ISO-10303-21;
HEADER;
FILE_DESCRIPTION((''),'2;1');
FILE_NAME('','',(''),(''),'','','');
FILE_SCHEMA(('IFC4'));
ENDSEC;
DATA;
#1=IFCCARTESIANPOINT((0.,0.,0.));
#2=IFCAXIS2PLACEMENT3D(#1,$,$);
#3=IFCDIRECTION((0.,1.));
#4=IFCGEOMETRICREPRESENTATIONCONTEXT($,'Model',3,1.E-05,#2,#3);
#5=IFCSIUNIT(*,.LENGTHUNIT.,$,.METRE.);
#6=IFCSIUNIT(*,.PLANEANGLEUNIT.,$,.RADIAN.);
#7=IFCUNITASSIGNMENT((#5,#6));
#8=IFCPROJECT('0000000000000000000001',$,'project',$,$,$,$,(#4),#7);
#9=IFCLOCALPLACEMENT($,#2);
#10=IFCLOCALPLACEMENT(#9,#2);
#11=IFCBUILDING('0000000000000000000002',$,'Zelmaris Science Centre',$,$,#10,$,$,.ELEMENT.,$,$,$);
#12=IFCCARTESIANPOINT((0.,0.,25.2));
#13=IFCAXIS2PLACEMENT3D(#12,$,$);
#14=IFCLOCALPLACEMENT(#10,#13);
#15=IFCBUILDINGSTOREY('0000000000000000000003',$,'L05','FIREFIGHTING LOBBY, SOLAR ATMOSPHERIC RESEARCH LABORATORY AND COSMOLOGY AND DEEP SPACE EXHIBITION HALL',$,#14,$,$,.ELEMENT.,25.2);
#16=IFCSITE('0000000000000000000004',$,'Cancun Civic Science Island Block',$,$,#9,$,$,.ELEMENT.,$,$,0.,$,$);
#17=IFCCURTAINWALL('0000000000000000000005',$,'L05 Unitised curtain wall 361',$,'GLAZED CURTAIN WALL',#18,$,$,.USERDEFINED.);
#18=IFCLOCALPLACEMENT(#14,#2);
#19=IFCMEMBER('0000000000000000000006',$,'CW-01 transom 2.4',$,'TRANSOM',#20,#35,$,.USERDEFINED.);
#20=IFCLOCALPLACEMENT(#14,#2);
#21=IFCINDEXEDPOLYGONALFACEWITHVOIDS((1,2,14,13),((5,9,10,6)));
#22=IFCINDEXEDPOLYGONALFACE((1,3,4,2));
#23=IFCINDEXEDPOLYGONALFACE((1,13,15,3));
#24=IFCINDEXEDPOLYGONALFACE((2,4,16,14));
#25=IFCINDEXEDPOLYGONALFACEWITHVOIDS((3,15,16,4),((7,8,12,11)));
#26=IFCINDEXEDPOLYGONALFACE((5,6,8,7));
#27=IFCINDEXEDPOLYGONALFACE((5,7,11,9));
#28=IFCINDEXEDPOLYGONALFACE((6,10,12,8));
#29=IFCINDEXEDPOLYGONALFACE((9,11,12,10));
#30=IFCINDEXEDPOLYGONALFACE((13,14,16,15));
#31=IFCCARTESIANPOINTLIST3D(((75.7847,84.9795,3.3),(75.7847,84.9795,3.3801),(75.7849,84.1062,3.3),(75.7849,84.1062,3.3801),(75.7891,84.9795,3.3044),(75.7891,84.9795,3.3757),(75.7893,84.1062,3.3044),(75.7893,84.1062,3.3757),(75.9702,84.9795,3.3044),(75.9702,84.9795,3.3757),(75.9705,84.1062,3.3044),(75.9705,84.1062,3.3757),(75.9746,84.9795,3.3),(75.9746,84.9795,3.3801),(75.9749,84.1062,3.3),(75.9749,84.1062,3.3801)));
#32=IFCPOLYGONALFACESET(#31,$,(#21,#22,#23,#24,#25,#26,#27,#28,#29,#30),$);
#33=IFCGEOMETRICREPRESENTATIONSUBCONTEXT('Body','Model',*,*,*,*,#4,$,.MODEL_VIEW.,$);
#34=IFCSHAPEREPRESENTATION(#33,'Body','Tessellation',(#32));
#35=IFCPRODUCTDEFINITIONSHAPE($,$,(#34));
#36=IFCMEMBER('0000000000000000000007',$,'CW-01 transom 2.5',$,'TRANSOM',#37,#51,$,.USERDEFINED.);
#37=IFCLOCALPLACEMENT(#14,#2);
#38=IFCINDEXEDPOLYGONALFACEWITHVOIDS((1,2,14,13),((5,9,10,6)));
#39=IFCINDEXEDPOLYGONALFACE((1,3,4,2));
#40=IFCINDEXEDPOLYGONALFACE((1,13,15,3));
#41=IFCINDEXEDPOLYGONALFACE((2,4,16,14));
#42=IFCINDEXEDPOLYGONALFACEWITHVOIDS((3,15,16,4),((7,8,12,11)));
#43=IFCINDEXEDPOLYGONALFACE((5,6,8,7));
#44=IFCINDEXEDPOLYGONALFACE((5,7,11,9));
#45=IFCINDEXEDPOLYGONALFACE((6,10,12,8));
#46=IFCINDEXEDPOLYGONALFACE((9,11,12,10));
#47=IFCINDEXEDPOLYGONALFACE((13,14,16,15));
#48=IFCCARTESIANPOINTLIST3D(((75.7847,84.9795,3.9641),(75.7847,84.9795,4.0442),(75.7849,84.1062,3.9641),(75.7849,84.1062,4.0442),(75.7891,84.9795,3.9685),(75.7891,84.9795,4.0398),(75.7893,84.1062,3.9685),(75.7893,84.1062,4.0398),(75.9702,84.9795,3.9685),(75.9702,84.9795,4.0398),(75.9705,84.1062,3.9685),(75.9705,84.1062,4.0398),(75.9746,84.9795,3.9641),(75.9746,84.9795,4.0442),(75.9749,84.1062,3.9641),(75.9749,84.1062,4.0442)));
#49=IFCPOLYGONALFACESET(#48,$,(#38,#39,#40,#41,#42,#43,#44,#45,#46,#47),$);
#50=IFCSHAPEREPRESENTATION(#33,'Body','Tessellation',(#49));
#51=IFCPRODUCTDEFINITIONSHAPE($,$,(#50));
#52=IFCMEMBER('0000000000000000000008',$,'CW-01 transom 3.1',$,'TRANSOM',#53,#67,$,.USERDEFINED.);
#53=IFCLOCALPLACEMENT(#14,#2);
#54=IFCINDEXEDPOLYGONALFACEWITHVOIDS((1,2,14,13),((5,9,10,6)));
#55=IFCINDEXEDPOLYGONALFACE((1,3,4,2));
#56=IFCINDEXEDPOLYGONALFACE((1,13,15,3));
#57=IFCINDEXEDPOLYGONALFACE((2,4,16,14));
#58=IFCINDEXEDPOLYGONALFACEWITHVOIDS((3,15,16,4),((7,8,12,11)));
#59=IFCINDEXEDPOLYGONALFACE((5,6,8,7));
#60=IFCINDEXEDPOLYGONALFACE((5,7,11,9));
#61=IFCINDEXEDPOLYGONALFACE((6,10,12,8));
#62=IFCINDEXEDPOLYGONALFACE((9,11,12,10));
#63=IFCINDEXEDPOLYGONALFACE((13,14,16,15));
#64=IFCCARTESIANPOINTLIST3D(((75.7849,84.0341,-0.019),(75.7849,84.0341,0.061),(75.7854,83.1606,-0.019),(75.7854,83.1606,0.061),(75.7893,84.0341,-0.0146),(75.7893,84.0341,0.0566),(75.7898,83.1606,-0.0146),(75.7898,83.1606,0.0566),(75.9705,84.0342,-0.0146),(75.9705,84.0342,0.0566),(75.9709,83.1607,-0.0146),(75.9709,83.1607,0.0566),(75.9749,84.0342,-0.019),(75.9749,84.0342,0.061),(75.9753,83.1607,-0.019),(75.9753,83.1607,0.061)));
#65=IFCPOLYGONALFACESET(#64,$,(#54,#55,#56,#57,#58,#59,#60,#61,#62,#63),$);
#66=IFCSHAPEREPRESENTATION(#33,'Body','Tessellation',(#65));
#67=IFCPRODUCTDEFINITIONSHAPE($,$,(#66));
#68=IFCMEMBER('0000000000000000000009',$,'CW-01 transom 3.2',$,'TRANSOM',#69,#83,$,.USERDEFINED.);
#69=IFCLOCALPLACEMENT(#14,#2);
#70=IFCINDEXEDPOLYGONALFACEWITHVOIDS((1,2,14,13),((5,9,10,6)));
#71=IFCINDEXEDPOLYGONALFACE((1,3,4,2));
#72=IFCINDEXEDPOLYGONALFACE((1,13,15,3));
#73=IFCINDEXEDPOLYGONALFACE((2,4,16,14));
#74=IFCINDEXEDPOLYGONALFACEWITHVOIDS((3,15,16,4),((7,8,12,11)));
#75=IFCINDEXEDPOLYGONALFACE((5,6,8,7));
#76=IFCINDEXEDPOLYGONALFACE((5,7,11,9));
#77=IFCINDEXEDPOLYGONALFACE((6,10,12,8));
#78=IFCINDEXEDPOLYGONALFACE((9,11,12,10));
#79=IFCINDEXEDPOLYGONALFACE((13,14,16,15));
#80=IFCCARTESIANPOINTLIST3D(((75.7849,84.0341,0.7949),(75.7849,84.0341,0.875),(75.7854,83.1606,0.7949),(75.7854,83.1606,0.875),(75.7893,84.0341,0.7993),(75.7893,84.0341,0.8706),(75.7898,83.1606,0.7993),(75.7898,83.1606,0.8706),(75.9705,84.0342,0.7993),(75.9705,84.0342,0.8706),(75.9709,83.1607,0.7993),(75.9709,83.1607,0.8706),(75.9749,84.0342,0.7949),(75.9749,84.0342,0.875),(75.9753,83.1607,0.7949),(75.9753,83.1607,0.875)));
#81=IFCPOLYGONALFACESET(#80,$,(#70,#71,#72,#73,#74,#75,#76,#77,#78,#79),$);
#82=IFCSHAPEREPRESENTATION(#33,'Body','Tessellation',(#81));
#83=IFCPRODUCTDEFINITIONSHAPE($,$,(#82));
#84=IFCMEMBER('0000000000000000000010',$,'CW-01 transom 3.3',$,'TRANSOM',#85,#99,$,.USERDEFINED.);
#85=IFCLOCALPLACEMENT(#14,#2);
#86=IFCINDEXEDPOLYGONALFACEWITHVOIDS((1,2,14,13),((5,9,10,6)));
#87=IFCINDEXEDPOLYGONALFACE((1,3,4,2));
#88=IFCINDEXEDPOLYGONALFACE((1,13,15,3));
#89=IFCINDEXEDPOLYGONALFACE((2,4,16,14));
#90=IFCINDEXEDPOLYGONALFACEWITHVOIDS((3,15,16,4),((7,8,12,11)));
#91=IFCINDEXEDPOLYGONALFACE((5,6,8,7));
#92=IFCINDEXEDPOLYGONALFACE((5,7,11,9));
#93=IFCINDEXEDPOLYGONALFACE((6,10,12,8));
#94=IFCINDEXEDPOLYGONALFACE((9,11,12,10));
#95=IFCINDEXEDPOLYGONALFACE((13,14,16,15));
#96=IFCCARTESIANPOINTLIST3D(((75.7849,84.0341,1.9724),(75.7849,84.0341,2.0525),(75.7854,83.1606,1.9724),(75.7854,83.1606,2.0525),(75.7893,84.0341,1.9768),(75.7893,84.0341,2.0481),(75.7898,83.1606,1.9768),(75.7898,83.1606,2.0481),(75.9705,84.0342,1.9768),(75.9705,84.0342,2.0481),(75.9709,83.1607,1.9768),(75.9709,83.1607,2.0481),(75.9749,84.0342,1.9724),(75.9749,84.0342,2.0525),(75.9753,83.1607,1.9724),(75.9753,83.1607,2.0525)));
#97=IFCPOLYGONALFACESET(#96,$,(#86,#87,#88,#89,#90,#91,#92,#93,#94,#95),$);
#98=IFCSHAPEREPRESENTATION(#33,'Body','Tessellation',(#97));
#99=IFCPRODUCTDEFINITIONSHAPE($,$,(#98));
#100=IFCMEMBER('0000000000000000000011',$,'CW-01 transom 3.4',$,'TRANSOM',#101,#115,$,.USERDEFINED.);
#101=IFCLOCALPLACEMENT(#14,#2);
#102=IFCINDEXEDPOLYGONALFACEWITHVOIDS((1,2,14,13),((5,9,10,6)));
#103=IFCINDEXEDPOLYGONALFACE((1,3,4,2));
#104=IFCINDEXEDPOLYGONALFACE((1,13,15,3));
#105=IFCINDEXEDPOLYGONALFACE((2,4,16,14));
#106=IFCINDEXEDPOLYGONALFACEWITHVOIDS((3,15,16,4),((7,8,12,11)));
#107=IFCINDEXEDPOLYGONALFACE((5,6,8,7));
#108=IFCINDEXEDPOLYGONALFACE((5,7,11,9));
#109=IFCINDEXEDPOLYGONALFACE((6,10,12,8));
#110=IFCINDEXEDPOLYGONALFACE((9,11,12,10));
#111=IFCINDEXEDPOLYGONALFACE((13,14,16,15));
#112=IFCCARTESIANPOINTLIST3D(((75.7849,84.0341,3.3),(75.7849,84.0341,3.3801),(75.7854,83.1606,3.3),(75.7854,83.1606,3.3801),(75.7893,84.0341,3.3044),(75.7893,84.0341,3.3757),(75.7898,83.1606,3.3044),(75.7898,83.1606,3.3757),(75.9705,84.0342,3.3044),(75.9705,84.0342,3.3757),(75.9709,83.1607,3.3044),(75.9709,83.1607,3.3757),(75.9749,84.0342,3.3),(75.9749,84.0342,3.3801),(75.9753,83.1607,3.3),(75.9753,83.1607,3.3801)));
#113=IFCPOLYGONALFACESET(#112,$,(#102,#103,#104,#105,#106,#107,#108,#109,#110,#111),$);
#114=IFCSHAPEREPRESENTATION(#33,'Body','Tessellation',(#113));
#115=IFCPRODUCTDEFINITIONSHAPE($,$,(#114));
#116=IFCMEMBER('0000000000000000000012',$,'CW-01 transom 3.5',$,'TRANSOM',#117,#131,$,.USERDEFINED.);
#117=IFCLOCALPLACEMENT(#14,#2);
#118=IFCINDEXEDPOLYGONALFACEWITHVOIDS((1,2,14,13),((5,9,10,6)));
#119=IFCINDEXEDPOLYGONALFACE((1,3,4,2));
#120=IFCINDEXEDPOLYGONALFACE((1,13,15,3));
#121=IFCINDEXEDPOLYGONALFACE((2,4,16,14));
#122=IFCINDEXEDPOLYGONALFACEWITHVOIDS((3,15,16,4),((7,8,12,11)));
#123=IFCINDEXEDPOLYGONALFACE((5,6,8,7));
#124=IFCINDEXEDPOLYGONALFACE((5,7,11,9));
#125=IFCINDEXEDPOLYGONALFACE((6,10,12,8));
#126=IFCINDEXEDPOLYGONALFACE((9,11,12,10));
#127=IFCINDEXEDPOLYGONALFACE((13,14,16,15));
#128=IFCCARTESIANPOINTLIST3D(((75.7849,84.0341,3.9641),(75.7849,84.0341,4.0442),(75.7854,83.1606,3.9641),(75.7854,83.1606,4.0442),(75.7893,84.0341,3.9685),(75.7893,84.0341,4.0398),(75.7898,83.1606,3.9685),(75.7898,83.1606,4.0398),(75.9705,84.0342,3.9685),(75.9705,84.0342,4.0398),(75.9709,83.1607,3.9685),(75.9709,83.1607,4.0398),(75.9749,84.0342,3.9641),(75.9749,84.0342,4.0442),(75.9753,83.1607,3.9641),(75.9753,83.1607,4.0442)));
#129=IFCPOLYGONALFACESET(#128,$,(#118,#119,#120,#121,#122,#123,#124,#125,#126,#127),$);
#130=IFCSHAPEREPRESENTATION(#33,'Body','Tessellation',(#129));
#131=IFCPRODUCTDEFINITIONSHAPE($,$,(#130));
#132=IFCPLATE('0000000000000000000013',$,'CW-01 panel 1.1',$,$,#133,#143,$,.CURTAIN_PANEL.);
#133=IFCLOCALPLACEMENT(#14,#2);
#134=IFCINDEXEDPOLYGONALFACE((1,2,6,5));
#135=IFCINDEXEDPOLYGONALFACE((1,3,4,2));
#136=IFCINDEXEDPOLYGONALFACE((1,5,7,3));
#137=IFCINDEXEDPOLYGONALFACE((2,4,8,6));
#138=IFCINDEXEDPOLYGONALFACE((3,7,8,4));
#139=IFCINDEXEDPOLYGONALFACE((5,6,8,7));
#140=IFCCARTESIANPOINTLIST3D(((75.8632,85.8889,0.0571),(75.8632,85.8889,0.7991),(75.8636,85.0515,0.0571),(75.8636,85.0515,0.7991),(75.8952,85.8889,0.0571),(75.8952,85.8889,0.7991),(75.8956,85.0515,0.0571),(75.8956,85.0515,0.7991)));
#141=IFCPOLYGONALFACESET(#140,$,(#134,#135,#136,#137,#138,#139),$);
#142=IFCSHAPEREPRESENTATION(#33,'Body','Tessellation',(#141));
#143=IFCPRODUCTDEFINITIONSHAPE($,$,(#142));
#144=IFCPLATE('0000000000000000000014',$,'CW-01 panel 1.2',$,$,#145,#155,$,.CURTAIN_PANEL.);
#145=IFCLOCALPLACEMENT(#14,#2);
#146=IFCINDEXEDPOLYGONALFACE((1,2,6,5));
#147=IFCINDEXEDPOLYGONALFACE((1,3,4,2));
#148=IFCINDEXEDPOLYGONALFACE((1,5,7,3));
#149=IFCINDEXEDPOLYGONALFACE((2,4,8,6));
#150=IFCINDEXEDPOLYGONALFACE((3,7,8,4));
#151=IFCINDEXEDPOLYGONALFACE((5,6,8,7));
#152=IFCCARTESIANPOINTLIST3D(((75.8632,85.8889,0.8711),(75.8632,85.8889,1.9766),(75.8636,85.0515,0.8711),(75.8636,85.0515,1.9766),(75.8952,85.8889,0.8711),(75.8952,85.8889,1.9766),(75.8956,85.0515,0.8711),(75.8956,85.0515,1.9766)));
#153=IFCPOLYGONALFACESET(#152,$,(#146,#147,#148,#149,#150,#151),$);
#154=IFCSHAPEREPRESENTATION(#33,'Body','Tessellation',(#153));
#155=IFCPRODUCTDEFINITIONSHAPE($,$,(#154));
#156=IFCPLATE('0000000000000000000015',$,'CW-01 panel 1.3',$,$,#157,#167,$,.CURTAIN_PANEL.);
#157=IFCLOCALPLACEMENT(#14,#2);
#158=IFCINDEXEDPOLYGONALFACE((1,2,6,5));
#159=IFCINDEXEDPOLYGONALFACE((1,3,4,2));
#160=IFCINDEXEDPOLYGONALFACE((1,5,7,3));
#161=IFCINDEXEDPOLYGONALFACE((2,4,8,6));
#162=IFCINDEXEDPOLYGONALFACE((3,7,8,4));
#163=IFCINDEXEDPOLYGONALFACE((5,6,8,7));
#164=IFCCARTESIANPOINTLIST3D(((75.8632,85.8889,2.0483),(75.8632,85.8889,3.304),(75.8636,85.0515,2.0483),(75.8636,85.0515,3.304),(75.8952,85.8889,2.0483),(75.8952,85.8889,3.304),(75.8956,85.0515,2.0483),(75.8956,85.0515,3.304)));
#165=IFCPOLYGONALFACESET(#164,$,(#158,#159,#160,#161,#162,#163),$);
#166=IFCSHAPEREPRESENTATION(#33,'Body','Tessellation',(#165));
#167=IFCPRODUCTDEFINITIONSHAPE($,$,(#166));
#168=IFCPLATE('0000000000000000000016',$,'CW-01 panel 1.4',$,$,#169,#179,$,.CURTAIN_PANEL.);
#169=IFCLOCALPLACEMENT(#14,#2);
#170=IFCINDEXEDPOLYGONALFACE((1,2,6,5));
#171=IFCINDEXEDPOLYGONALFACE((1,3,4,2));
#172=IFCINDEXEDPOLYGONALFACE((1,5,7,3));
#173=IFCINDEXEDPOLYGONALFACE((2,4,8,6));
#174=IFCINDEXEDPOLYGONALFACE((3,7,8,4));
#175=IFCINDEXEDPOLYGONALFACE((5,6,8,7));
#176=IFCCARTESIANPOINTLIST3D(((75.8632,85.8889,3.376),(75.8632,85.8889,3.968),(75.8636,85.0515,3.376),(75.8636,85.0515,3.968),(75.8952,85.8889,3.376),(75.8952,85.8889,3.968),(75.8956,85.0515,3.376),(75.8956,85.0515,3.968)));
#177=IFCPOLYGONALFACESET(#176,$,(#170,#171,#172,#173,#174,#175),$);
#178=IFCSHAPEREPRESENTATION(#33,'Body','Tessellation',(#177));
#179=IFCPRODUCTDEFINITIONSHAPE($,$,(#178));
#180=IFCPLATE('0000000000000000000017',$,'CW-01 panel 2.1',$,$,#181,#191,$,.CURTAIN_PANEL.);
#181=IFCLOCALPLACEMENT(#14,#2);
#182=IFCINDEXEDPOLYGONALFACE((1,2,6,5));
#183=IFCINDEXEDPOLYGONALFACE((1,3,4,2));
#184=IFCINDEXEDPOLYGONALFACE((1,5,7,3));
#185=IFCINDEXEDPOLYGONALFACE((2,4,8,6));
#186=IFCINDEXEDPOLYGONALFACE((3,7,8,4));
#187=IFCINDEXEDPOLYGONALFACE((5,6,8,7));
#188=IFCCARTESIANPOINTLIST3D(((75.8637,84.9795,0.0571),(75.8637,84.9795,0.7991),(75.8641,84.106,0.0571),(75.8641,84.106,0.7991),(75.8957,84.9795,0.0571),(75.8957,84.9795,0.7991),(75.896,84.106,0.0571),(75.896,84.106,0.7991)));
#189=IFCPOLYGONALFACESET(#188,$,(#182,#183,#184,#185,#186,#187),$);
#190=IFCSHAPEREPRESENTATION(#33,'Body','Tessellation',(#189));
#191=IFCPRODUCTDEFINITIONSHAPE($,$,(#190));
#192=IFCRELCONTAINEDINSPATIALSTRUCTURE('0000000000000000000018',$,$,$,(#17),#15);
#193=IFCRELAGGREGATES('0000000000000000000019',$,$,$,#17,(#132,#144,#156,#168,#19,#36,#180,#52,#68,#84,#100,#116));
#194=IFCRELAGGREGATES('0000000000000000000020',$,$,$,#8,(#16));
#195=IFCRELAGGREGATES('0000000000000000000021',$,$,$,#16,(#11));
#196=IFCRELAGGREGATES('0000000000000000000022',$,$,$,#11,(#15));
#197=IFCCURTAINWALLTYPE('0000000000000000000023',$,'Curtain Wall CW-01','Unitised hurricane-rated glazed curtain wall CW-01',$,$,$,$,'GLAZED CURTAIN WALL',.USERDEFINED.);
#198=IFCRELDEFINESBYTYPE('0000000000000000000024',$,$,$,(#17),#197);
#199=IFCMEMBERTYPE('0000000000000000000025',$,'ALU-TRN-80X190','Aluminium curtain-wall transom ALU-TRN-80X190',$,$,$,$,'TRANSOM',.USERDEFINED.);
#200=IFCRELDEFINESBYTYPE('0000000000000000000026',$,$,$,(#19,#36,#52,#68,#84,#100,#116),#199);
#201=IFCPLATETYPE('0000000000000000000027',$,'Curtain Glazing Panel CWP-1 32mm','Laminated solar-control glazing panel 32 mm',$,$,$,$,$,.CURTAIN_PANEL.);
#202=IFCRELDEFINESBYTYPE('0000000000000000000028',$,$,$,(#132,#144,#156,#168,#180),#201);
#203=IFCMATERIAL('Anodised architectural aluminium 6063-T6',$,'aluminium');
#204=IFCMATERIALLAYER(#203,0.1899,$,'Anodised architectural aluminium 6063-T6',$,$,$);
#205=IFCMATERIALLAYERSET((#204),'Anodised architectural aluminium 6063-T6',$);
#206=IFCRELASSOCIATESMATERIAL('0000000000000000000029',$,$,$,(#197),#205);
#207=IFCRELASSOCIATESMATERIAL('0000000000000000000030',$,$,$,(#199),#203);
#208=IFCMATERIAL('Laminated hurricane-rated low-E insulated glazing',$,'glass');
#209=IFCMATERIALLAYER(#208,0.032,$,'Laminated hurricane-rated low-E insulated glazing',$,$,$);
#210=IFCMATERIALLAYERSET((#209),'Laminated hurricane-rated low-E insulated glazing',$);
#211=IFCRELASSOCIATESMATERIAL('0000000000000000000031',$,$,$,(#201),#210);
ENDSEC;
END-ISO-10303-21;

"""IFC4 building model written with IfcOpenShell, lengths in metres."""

from ifc_helpers import new_model, si_unit, direction, frame, origin, origin_2d, place, context, subcontext, project, spatial, rectangle, hollow_rectangle, extrude, material, layer, layer_set, material_profile, profile_set, type_object, element, aggregate, save


model = new_model("IFC4")

# Units and contexts
model_context = context("Model", 3, precision=1e-05, world=origin(), true_north=direction((0.0, 1.0)))
body_context = subcontext(model_context, "Body", "Model", "MODEL_VIEW")
ifc_project = project(units=[si_unit("LENGTHUNIT", "METRE"), si_unit("PLANEANGLEUNIT", "RADIAN")], contexts=[model_context])

# Site, building, storey
site_placement = place(None, origin())
site = spatial("IfcSite", under=ifc_project, at=site_placement, Name="Cancun Civic Science Island Block", CompositionType="ELEMENT", RefElevation=0.0)
building_placement = place(site_placement, origin())
building = spatial("IfcBuilding", under=site, at=building_placement, Name="Zelmaris Science Centre", CompositionType="ELEMENT")
storey_placement = place(building_placement, frame((0.0, 0.0, 25.2)))
storey = spatial("IfcBuildingStorey", under=building, at=storey_placement, Name="L05", Description="FIREFIGHTING LOBBY, SOLAR ATMOSPHERIC RESEARCH LABORATORY AND COSMOLOGY AND DEEP SPACE EXHIBITION HALL", CompositionType="ELEMENT", Elevation=25.2)

# Curtain wall, members, plates
ifc_material_1 = material(Name="Anodised architectural aluminium 6063-T6", Category="aluminium")
ifc_layer_1 = layer(ifc_material_1, 0.1899, Name="Anodised architectural aluminium 6063-T6")
ifc_layer_set_1 = layer_set([ifc_layer_1], Name="Anodised architectural aluminium 6063-T6")
curtain_wall_type = type_object("IfcCurtainWallType", Name="Curtain Wall CW-01", Description="Unitised hurricane-rated glazed curtain wall CW-01", ElementType="GLAZED CURTAIN WALL", PredefinedType="USERDEFINED", material=ifc_layer_set_1)
curtain_wall_placement = place(storey_placement, origin())
curtain_wall = element("IfcCurtainWall", 1, at=curtain_wall_placement, inside=storey, type_object=curtain_wall_type, Name="L05 Unitised curtain wall 361", ObjectType="GLAZED CURTAIN WALL", PredefinedType="USERDEFINED")
ifc_material_profile_1 = material_profile(ifc_material_1, hollow_rectangle(XDim=0.0801, YDim=0.1899, WallThickness=0.0044, at=origin_2d()), Name="ALU-TRN-80X190")
ifc_profile_set_1 = profile_set([ifc_material_profile_1], Name="Anodised architectural aluminium 6063-T6")
member_type_1 = type_object("IfcMemberType", Name="ALU-TRN-80X190", Description="Aluminium curtain-wall transom ALU-TRN-80X190", ElementType="TRANSOM", PredefinedType="USERDEFINED", material=ifc_profile_set_1)
member_1_placement = place(storey_placement, frame((75.8796, 84.9795, 3.3401), z_axis=(0.00028, -1.0, 0.0), x_axis=(0.0, 0.0, 1.0)))
member_1 = element("IfcMember", 2, at=member_1_placement, type_object=member_type_1, Name="CW-01 transom 2.4", ObjectType="TRANSOM", PredefinedType="USERDEFINED", context=body_context, shape_type="SweptSolid", body=[
    extrude(hollow_rectangle(XDim=0.0801, YDim=0.1899, WallThickness=0.0044, at=origin_2d()), origin(), (0.0, 0.0, 1.0), 0.8733),
])
member_2_placement = place(storey_placement, frame((75.8796, 84.9795, 4.0042), z_axis=(0.00028, -1.0, 0.0), x_axis=(0.0, 0.0, 1.0)))
member_2 = element("IfcMember", 3, at=member_2_placement, type_object=member_type_1, Name="CW-01 transom 2.5", ObjectType="TRANSOM", PredefinedType="USERDEFINED", context=body_context, shape_type="SweptSolid", body=[
    extrude(hollow_rectangle(XDim=0.0801, YDim=0.1899, WallThickness=0.0044, at=origin_2d()), origin(), (0.0, 0.0, 1.0), 0.8733),
])
member_3_placement = place(storey_placement, frame((75.8799, 84.0342, 0.021), z_axis=(0.000559, -1.0, 0.0), x_axis=(0.0, 0.0, 1.0)))
member_3 = element("IfcMember", 4, at=member_3_placement, type_object=member_type_1, Name="CW-01 transom 3.1", ObjectType="TRANSOM", PredefinedType="USERDEFINED", context=body_context, shape_type="SweptSolid", body=[
    extrude(hollow_rectangle(XDim=0.0801, YDim=0.1899, WallThickness=0.0044, at=origin_2d()), origin(), (0.0, 0.0, 1.0), 0.8735),
])
member_4_placement = place(storey_placement, frame((75.8799, 84.0342, 0.835), z_axis=(0.000559, -1.0, 0.0), x_axis=(0.0, 0.0, 1.0)))
member_4 = element("IfcMember", 5, at=member_4_placement, type_object=member_type_1, Name="CW-01 transom 3.2", ObjectType="TRANSOM", PredefinedType="USERDEFINED", context=body_context, shape_type="SweptSolid", body=[
    extrude(hollow_rectangle(XDim=0.0801, YDim=0.1899, WallThickness=0.0044, at=origin_2d()), origin(), (0.0, 0.0, 1.0), 0.8735),
])
member_5_placement = place(storey_placement, frame((75.8799, 84.0342, 2.0125), z_axis=(0.000559, -1.0, 0.0), x_axis=(0.0, 0.0, 1.0)))
member_5 = element("IfcMember", 6, at=member_5_placement, type_object=member_type_1, Name="CW-01 transom 3.3", ObjectType="TRANSOM", PredefinedType="USERDEFINED", context=body_context, shape_type="SweptSolid", body=[
    extrude(hollow_rectangle(XDim=0.0801, YDim=0.1899, WallThickness=0.0044, at=origin_2d()), origin(), (0.0, 0.0, 1.0), 0.8735),
])
member_6_placement = place(storey_placement, frame((75.8799, 84.0342, 3.3401), z_axis=(0.000559, -1.0, 0.0), x_axis=(0.0, 0.0, 1.0)))
member_6 = element("IfcMember", 7, at=member_6_placement, type_object=member_type_1, Name="CW-01 transom 3.4", ObjectType="TRANSOM", PredefinedType="USERDEFINED", context=body_context, shape_type="SweptSolid", body=[
    extrude(hollow_rectangle(XDim=0.0801, YDim=0.1899, WallThickness=0.0044, at=origin_2d()), origin(), (0.0, 0.0, 1.0), 0.8735),
])
member_7_placement = place(storey_placement, frame((75.8799, 84.0342, 4.0042), z_axis=(0.000559, -1.0, 0.0), x_axis=(0.0, 0.0, 1.0)))
member_7 = element("IfcMember", 8, at=member_7_placement, type_object=member_type_1, Name="CW-01 transom 3.5", ObjectType="TRANSOM", PredefinedType="USERDEFINED", context=body_context, shape_type="SweptSolid", body=[
    extrude(hollow_rectangle(XDim=0.0801, YDim=0.1899, WallThickness=0.0044, at=origin_2d()), origin(), (0.0, 0.0, 1.0), 0.8735),
])
ifc_material_2 = material(Name="Laminated hurricane-rated low-E insulated glazing", Category="glass")
ifc_layer_2 = layer(ifc_material_2, 0.032, Name="Laminated hurricane-rated low-E insulated glazing")
ifc_layer_set_2 = layer_set([ifc_layer_2], Name="Laminated hurricane-rated low-E insulated glazing")
plate_type = type_object("IfcPlateType", Name="Curtain Glazing Panel CWP-1 32mm", Description="Laminated solar-control glazing panel 32 mm", PredefinedType="CURTAIN_PANEL", material=ifc_layer_set_2)
plate_1_placement = place(storey_placement, frame((75.8794, 85.4702, 0.0571), z_axis=(0.0, 0.0, 1.0), x_axis=(0.000397, -1.0, 0.0)))
plate_1 = element("IfcPlate", 9, at=plate_1_placement, type_object=plate_type, Name="CW-01 panel 1.1", PredefinedType="CURTAIN_PANEL", context=body_context, shape_type="SweptSolid", body=[
    extrude(rectangle(XDim=0.8374, YDim=0.032, at=origin_2d()), origin(), (0.0, 0.0, 1.0), 0.7419),
])
plate_2_placement = place(storey_placement, frame((75.8794, 85.4702, 0.8711), z_axis=(0.0, 0.0, 1.0), x_axis=(0.000397, -1.0, 0.0)))
plate_2 = element("IfcPlate", 10, at=plate_2_placement, type_object=plate_type, Name="CW-01 panel 1.2", PredefinedType="CURTAIN_PANEL", context=body_context, shape_type="SweptSolid", body=[
    extrude(rectangle(XDim=0.8374, YDim=0.032, at=origin_2d()), origin(), (0.0, 0.0, 1.0), 1.1055),
])
plate_3_placement = place(storey_placement, frame((75.8794, 85.4702, 2.0483), z_axis=(0.0, 0.0, 1.0), x_axis=(0.000397, -1.0, 0.0)))
plate_3 = element("IfcPlate", 11, at=plate_3_placement, type_object=plate_type, Name="CW-01 panel 1.3", PredefinedType="CURTAIN_PANEL", context=body_context, shape_type="SweptSolid", body=[
    extrude(rectangle(XDim=0.8374, YDim=0.032, at=origin_2d()), origin(), (0.0, 0.0, 1.0), 1.2556),
])
plate_4_placement = place(storey_placement, frame((75.8794, 85.4702, 3.376), z_axis=(0.0, 0.0, 1.0), x_axis=(0.000397, -1.0, 0.0)))
plate_4 = element("IfcPlate", 12, at=plate_4_placement, type_object=plate_type, Name="CW-01 panel 1.4", PredefinedType="CURTAIN_PANEL", context=body_context, shape_type="SweptSolid", body=[
    extrude(rectangle(XDim=0.8374, YDim=0.032, at=origin_2d()), origin(), (0.0, 0.0, 1.0), 0.592),
])
plate_5_placement = place(storey_placement, frame((75.8799, 84.5427, 0.0571), z_axis=(0.0, 0.0, 1.0), x_axis=(0.000397, -1.0, 0.0)))
plate_5 = element("IfcPlate", 13, at=plate_5_placement, type_object=plate_type, Name="CW-01 panel 2.1", PredefinedType="CURTAIN_PANEL", context=body_context, shape_type="SweptSolid", body=[
    extrude(rectangle(XDim=0.8735, YDim=0.032, at=origin_2d()), origin(), (0.0, 0.0, 1.0), 0.7419),
])
aggregate(curtain_wall, [plate_1, plate_2, plate_3, plate_4, member_1, member_2, plate_5, member_3, member_4, member_5, member_6, member_7])

save(model, "model.ifc")
